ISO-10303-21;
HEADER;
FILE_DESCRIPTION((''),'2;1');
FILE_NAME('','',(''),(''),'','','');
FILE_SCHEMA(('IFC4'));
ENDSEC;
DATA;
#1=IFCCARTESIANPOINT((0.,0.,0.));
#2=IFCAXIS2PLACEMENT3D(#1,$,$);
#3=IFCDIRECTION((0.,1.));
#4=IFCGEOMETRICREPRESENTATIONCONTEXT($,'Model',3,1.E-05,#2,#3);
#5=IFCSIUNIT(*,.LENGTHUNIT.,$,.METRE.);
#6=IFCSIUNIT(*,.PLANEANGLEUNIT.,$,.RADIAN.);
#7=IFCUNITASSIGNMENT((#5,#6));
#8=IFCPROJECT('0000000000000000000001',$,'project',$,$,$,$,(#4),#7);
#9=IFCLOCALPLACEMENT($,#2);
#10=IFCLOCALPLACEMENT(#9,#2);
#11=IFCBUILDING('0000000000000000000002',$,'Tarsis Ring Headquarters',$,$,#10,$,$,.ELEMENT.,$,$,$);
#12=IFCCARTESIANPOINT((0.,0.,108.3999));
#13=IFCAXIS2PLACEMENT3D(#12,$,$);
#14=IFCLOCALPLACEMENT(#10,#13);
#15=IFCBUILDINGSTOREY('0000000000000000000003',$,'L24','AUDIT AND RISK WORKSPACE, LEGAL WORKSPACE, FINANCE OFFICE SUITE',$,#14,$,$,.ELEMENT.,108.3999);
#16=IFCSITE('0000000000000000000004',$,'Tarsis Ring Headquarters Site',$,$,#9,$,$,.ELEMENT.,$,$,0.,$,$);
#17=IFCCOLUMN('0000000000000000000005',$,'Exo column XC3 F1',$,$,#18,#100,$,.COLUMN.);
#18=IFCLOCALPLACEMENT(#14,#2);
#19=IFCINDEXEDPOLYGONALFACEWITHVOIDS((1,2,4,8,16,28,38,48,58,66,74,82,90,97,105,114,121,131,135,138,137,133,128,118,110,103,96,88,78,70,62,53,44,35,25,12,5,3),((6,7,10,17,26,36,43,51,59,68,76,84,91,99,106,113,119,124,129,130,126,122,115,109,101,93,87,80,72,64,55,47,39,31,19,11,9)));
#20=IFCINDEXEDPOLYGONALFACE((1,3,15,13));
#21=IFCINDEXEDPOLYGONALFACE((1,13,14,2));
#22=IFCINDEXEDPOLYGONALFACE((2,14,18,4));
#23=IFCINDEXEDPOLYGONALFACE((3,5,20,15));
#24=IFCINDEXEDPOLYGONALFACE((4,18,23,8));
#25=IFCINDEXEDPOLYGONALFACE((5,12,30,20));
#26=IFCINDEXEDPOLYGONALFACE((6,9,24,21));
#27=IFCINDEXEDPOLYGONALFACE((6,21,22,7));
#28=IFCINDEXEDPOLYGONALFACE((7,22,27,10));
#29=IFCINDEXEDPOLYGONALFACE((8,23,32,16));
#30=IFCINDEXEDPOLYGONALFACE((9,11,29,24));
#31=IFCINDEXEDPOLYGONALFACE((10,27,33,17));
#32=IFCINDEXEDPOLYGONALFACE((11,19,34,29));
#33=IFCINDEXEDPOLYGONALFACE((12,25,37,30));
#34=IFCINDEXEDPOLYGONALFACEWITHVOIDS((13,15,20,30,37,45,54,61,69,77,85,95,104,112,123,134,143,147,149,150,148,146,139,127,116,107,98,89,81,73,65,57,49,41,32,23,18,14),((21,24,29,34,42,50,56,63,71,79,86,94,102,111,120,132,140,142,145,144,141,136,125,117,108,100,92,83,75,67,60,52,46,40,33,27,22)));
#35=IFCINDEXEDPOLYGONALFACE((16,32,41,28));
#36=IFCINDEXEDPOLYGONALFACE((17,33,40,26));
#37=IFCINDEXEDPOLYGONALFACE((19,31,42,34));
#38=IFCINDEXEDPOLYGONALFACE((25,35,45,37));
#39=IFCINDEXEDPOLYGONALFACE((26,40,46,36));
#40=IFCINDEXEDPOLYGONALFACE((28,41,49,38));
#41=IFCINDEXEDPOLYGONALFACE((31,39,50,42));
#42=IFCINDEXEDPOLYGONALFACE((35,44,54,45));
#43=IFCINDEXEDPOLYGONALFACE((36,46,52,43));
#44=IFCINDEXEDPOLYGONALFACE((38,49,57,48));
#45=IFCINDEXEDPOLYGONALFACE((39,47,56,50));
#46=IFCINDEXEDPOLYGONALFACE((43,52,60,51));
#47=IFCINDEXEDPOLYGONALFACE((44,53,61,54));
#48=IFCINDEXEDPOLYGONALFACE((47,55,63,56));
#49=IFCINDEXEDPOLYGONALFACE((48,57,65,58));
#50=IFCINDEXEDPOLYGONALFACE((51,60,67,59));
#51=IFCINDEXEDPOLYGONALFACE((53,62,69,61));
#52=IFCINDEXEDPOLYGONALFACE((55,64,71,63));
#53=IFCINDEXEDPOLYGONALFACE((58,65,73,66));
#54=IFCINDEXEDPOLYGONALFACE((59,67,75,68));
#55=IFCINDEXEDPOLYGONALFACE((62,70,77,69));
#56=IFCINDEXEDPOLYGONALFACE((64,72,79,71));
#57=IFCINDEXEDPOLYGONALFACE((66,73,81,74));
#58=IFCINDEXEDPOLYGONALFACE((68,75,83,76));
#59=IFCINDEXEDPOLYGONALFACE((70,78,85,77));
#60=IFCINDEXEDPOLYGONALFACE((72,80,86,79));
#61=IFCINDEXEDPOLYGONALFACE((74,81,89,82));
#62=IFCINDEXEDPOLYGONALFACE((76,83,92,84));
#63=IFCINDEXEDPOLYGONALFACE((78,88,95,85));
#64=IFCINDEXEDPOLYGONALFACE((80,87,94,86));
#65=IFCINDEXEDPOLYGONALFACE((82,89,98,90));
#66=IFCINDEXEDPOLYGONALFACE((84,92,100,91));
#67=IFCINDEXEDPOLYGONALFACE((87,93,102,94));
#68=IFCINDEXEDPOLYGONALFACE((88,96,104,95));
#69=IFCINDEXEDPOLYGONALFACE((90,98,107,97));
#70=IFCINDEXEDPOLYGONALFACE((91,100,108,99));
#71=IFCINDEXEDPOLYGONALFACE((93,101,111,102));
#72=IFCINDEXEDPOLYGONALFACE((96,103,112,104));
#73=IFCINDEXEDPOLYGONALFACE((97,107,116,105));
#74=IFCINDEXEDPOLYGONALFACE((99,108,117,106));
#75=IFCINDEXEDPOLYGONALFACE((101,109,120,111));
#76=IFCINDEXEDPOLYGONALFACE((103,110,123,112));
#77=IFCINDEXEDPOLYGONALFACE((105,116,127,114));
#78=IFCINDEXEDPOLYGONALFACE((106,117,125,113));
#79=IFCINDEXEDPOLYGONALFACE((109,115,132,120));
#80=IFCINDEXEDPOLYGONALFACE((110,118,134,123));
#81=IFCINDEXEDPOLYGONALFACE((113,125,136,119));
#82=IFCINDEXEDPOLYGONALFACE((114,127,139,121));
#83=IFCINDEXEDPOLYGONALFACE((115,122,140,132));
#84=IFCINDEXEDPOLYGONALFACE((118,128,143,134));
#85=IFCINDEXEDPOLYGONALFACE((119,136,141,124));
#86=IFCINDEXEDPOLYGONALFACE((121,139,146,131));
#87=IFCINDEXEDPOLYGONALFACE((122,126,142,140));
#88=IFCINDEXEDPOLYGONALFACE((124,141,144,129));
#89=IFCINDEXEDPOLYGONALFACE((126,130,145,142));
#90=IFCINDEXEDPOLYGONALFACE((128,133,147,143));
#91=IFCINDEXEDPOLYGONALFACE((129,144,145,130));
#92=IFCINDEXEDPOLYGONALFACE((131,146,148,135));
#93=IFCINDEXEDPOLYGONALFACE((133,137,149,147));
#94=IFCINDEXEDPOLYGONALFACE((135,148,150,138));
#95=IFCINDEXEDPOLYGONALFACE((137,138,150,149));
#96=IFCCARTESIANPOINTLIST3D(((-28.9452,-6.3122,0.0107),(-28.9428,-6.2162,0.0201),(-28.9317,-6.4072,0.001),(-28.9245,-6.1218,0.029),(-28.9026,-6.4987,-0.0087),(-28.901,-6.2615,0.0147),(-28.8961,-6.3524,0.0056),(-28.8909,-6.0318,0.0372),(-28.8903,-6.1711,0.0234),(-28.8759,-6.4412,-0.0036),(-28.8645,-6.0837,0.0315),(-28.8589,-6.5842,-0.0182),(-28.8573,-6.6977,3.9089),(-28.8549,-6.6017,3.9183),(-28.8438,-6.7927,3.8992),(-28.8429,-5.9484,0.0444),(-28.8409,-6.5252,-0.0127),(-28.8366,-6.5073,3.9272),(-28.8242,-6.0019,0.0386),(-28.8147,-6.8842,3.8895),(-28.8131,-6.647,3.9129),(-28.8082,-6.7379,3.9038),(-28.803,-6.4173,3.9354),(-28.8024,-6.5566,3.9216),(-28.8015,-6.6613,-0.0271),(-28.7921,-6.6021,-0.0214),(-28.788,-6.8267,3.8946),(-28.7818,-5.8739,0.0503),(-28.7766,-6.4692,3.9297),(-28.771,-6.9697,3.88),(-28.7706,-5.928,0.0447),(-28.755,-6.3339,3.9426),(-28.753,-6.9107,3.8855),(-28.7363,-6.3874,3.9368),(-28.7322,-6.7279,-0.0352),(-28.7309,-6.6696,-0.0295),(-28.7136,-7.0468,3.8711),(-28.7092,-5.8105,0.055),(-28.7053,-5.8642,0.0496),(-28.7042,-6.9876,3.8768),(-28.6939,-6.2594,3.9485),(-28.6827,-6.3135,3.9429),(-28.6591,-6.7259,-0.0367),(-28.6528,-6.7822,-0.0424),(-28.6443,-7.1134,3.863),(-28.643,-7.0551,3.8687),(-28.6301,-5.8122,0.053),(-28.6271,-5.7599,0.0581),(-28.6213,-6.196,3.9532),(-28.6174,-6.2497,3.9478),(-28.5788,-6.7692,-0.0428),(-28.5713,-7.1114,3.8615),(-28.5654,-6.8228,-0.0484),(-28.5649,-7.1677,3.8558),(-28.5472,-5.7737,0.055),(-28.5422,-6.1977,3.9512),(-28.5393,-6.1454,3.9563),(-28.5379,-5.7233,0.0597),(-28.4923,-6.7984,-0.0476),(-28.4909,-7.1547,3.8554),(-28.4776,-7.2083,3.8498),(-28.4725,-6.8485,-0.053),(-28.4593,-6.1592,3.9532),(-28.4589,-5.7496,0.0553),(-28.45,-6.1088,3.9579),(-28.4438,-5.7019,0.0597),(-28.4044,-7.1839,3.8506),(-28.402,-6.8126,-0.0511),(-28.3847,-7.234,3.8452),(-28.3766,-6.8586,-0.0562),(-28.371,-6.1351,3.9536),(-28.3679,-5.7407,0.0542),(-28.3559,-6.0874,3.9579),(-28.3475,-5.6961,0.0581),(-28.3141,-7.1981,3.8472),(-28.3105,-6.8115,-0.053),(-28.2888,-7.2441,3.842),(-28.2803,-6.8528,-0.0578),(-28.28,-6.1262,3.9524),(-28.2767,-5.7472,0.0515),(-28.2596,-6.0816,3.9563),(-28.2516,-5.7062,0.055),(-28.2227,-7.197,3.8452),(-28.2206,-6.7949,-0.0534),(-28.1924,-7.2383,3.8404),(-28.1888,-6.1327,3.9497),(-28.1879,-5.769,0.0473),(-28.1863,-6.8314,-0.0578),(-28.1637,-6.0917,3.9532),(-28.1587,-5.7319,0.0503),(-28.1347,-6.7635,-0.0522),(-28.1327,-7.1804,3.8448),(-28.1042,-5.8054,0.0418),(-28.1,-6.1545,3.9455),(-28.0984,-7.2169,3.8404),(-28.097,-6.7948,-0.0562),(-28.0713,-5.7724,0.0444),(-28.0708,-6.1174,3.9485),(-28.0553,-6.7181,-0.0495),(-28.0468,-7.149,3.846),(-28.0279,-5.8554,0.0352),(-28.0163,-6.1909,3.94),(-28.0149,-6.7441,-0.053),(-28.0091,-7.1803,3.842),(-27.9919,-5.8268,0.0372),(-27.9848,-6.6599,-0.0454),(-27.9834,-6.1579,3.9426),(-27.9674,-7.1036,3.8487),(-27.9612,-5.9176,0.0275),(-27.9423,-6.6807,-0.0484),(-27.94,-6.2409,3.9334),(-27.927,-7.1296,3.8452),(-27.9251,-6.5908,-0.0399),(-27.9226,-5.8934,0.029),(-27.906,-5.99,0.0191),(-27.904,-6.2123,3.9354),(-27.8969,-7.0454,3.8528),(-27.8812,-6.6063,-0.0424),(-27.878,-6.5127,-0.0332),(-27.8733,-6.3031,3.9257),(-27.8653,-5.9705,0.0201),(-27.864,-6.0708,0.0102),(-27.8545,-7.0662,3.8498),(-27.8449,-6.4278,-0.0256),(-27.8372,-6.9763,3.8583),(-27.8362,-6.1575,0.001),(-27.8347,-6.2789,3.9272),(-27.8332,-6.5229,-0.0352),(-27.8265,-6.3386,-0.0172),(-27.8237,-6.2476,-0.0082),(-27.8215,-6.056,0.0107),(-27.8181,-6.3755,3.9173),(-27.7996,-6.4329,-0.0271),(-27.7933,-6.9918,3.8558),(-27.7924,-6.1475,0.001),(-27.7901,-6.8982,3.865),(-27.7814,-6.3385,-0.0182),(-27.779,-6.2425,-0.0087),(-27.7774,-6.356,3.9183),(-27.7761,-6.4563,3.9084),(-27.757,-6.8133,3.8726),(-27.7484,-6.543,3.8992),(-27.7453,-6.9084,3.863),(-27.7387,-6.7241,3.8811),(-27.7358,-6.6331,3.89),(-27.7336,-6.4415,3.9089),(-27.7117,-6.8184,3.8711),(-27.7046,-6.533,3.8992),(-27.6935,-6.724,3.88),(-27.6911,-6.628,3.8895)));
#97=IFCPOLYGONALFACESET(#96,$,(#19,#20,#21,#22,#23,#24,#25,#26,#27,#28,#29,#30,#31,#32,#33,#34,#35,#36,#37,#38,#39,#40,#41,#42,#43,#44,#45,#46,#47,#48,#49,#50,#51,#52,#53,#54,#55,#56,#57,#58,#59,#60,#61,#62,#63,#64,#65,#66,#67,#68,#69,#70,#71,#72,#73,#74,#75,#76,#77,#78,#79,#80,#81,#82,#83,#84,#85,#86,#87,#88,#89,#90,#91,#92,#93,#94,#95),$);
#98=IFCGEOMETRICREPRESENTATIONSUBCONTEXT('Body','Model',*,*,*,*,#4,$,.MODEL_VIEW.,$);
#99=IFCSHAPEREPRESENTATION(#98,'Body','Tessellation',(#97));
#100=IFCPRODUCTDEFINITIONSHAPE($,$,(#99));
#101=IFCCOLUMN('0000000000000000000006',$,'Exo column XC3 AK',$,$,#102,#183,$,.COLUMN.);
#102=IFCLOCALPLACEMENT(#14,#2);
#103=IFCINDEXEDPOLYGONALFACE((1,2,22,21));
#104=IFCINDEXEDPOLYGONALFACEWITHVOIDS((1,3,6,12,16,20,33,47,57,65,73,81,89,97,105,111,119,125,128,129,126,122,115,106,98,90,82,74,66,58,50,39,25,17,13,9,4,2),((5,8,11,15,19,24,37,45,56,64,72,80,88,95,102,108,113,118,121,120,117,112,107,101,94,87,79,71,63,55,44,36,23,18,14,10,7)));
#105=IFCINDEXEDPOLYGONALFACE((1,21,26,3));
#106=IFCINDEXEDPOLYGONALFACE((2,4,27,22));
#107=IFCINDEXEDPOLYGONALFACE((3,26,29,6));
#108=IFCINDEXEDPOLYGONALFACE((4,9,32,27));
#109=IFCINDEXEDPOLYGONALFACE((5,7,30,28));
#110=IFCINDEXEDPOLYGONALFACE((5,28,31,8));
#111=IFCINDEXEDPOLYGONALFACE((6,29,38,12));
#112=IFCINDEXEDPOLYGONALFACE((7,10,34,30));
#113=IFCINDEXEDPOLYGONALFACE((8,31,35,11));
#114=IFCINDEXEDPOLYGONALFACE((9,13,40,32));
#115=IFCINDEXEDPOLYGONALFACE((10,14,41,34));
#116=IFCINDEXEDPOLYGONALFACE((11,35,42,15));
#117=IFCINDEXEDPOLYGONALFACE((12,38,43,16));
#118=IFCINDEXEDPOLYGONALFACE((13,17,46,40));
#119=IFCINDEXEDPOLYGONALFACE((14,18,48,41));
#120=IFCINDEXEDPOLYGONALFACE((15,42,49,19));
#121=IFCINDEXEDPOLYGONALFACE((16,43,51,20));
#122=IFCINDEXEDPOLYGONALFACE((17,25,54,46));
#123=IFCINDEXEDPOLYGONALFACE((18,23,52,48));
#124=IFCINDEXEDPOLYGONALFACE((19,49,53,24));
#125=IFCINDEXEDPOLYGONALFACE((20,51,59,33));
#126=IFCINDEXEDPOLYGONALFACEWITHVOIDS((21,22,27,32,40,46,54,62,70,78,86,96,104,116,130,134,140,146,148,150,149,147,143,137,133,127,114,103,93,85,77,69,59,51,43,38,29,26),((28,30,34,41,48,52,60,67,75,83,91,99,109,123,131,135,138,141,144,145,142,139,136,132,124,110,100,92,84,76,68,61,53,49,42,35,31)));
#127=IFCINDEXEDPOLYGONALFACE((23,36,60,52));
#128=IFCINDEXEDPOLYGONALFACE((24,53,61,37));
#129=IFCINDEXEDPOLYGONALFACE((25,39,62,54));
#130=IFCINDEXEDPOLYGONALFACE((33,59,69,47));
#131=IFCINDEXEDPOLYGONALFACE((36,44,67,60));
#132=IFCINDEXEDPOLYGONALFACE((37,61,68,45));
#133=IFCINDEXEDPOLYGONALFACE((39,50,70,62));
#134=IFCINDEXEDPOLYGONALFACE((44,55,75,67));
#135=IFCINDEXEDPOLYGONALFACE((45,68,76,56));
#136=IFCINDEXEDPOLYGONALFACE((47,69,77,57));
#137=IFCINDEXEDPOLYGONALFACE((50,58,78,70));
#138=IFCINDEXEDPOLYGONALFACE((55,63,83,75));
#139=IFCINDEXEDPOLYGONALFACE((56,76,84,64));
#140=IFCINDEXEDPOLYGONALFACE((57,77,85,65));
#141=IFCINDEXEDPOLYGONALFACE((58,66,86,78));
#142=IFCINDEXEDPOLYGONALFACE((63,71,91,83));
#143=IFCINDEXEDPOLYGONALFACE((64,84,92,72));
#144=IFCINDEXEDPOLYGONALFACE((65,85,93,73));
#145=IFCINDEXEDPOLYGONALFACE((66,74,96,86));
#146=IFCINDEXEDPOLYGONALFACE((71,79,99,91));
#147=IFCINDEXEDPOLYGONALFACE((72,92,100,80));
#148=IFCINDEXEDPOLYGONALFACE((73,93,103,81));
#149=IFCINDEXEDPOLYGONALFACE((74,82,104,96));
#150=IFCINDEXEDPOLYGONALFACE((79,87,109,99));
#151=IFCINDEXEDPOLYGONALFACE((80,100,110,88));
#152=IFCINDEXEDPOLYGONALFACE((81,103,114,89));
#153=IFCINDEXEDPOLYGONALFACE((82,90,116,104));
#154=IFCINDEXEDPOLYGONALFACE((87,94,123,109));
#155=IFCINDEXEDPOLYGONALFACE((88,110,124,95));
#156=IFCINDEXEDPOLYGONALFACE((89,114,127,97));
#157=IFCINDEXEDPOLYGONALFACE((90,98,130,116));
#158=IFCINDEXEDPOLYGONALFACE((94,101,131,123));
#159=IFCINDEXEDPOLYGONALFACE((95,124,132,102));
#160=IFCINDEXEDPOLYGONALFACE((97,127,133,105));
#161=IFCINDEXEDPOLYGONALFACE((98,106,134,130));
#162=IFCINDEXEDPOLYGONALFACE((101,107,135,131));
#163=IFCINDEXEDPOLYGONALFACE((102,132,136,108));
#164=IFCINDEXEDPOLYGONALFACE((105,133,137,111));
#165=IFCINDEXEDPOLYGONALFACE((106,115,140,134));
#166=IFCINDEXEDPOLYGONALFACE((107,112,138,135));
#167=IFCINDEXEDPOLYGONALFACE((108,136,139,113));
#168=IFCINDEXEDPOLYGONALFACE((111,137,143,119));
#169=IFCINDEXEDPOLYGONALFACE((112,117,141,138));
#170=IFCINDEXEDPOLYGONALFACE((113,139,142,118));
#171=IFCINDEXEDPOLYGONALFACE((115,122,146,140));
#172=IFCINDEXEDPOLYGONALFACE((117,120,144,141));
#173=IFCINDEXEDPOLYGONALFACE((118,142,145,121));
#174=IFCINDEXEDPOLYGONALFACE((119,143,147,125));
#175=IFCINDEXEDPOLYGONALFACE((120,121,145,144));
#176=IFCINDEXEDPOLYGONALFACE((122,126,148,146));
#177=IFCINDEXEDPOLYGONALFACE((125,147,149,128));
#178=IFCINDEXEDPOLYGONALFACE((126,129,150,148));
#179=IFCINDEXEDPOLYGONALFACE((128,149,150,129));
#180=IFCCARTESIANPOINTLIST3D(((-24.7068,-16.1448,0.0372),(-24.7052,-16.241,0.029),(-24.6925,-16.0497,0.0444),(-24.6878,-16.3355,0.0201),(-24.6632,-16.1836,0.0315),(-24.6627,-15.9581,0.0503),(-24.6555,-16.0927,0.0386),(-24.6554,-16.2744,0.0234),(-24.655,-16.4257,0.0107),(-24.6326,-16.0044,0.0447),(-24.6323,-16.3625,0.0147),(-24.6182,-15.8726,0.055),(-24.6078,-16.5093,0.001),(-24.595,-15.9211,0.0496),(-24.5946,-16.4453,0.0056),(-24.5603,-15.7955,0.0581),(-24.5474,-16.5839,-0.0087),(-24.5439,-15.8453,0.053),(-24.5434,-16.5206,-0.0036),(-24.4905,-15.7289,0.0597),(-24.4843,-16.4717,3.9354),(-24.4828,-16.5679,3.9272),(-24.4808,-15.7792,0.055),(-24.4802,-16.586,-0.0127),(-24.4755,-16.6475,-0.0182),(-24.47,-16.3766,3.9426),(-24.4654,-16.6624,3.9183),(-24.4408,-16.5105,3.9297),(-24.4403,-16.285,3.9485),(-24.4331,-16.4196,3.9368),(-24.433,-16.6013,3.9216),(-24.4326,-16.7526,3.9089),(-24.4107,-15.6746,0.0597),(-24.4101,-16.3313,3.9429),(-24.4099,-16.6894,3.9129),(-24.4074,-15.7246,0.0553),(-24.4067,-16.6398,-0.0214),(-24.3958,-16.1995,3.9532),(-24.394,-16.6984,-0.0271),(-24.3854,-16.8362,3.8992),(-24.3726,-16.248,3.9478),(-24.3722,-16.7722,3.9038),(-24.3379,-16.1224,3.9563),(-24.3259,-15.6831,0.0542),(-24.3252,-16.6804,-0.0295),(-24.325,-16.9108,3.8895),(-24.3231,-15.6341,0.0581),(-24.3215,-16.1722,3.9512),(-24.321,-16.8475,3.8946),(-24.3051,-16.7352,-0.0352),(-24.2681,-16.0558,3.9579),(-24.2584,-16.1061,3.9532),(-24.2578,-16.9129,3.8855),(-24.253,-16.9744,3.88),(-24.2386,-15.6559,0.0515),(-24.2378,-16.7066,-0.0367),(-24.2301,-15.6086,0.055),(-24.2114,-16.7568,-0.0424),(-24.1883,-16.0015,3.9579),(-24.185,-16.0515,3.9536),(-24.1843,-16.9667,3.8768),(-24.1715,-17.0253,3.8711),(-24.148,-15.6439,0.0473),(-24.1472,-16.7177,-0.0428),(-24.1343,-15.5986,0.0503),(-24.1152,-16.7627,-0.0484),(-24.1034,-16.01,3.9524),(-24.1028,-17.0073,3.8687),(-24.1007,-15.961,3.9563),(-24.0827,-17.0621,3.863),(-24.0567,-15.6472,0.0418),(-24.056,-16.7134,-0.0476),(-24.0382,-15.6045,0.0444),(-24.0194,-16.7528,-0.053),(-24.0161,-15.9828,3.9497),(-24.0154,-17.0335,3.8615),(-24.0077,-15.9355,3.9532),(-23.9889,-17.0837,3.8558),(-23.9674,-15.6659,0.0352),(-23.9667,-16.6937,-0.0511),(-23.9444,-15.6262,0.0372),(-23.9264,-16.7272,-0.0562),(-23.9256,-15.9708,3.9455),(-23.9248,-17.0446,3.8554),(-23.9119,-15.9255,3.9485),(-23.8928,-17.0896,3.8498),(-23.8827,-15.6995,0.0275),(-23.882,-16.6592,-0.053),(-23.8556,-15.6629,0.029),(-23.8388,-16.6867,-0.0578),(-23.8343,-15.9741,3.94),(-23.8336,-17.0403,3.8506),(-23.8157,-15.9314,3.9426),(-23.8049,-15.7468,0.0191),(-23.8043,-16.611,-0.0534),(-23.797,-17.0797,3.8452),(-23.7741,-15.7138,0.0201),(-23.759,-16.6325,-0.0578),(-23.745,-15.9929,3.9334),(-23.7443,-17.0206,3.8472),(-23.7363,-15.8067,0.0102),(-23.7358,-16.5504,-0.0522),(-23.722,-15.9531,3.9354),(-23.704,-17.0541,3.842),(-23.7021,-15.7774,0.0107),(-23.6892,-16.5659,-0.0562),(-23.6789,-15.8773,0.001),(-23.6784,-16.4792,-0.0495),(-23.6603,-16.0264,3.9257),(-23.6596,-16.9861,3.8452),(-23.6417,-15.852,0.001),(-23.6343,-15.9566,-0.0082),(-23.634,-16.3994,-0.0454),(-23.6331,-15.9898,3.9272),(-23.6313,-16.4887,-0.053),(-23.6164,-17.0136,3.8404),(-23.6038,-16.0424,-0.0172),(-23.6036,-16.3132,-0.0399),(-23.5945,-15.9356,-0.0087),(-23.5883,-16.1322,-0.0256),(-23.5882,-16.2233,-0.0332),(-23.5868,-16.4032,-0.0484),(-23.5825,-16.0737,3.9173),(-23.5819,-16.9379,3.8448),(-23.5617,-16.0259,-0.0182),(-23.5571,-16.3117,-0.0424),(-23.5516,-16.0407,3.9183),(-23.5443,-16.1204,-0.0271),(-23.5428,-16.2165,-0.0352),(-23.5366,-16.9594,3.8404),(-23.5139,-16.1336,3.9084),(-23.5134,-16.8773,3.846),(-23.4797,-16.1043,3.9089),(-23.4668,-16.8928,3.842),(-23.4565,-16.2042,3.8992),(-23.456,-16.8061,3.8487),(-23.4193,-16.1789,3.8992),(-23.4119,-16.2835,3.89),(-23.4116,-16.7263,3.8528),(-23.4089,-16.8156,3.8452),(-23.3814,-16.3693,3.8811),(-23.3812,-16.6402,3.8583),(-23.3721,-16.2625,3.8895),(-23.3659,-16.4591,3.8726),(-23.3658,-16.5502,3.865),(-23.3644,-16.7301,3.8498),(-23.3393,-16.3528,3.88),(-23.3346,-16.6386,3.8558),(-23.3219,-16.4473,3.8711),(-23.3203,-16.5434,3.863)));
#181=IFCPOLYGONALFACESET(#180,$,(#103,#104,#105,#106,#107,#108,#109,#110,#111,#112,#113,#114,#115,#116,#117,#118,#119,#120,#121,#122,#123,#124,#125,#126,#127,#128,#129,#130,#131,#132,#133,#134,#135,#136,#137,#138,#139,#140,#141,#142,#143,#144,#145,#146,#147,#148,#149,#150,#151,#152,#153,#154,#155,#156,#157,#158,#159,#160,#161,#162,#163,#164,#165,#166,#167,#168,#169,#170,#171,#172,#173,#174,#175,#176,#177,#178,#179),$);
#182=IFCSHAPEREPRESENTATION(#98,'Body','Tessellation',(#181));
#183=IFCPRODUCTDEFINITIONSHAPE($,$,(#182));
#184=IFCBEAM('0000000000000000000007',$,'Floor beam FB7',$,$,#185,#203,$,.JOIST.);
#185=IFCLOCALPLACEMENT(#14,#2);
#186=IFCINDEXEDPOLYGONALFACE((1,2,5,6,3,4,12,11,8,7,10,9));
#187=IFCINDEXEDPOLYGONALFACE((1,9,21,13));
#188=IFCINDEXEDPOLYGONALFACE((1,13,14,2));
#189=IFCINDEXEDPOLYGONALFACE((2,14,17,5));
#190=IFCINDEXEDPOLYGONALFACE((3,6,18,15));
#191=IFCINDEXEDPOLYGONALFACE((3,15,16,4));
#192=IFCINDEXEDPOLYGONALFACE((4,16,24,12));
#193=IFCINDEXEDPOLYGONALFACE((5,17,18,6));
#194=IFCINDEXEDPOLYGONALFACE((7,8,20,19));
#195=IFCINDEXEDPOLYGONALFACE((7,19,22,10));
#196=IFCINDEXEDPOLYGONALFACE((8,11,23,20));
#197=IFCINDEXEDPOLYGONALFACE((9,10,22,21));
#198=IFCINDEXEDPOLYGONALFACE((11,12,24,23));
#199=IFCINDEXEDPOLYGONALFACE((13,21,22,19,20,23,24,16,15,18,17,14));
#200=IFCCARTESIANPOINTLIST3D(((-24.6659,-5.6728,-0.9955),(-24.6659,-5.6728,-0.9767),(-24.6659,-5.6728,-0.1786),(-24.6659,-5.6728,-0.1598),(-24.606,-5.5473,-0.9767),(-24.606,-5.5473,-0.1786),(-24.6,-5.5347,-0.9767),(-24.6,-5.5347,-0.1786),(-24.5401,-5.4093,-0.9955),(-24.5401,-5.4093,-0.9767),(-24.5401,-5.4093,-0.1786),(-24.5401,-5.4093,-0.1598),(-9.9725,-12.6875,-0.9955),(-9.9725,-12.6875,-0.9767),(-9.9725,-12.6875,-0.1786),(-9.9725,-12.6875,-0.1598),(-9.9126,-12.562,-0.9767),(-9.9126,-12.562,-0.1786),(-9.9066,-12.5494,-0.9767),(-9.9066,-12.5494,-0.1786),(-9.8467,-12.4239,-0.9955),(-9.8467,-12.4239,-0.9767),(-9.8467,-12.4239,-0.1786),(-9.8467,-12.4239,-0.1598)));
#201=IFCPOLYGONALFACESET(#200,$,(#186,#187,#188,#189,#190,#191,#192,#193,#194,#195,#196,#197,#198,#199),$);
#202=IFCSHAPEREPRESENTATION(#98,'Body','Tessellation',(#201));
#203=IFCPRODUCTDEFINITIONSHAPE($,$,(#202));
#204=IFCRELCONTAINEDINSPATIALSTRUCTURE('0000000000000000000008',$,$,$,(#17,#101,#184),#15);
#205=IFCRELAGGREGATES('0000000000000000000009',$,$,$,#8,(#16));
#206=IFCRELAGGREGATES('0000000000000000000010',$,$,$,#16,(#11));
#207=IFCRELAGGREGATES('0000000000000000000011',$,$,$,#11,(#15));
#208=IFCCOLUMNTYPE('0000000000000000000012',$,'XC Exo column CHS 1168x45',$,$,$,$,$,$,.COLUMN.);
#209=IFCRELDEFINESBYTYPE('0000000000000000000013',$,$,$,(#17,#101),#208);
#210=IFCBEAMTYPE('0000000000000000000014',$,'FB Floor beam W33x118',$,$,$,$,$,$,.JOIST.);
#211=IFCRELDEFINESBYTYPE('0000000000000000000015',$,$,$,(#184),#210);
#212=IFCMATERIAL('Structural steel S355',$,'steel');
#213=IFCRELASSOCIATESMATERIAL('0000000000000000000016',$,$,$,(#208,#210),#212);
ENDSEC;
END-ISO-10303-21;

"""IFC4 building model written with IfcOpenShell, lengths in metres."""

from ifc_helpers import new_model, si_unit, direction, frame, origin, origin_2d, place, context, subcontext, project, spatial, hollow_circle, i_section, extrude, material, material_profile, profile_set, type_object, element, save


model = new_model("IFC4")

# Units and contexts
model_context = context("Model", 3, precision=1e-05, world=origin(), true_north=direction((0.0, 1.0)))
body_context = subcontext(model_context, "Body", "Model", "MODEL_VIEW")
ifc_project = project(units=[si_unit("LENGTHUNIT", "METRE"), si_unit("PLANEANGLEUNIT", "RADIAN")], contexts=[model_context])

# Site, building, storey
site_placement = place(None, origin())
site = spatial("IfcSite", under=ifc_project, at=site_placement, Name="Tarsis Ring Headquarters Site", CompositionType="ELEMENT", RefElevation=0.0)
building_placement = place(site_placement, origin())
building = spatial("IfcBuilding", under=site, at=building_placement, Name="Tarsis Ring Headquarters", CompositionType="ELEMENT")
storey_placement = place(building_placement, frame((0.0, 0.0, 108.3999)))
storey = spatial("IfcBuildingStorey", under=building, at=storey_placement, Name="L24", Description="AUDIT AND RISK WORKSPACE, LEGAL WORKSPACE, FINANCE OFFICE SUITE", CompositionType="ELEMENT", Elevation=108.3999)

# Columns
ifc_material_1 = material(Name="Structural steel S355", Category="steel")
ifc_material_profile_1 = material_profile(ifc_material_1, hollow_circle(Radius=0.5842, WallThickness=0.0449, at=origin_2d()), Name="CHS 1168x45")
ifc_profile_set_1 = profile_set([ifc_material_profile_1], Name="Structural steel S355")
column_type = type_object("IfcColumnType", Name="XC Exo column CHS 1168x45", PredefinedType="COLUMN", material=ifc_profile_set_1)
for number, where, z_axis, x_axis, name in (
    (1, (-28.3621, -6.2773, 0.001), (0.022431, -0.098387, 0.994895), (0.974981, 0.222288, 0.0), "Exo column XC3 F1"),
    (2, (-24.1248, -16.1807, 0.001), (0.056764, -0.083432, 0.994895), (0.826789, 0.562513, 0.0), "Exo column XC3 AK"),
):
    element("IfcColumn", number, at=place(storey_placement, frame(where, z_axis=z_axis, x_axis=x_axis)), inside=storey, type_object=column_type, Name=name, PredefinedType="COLUMN", context=body_context, shape_type="SweptSolid", body=[
        extrude(hollow_circle(Radius=0.5842, WallThickness=0.0449, at=origin_2d()), origin(), (0.0, 0.0, 1.0), 3.9182),
    ])

# Beam
ifc_material_profile_2 = material_profile(ifc_material_1, i_section(OverallWidth=0.292, OverallDepth=0.8357, WebThickness=0.0139, FlangeThickness=0.0188, at=origin_2d()), Name="W33x118")
ifc_profile_set_2 = profile_set([ifc_material_profile_2], Name="Structural steel S355")
beam_type_1 = type_object("IfcBeamType", Name="FB Floor beam W33x118", PredefinedType="JOIST", material=ifc_profile_set_2)
beam_1_placement = place(storey_placement, frame((-24.603, -5.541, -0.5776), z_axis=(0.902435, -0.430825, 0.0), x_axis=(0.430825, 0.902435, 0.0)))
element("IfcBeam", 3, at=beam_1_placement, inside=storey, type_object=beam_type_1, Name="Floor beam FB7", PredefinedType="JOIST", context=body_context, shape_type="SweptSolid", body=[
    extrude(i_section(OverallWidth=0.292, OverallDepth=0.8357, WebThickness=0.0139, FlangeThickness=0.0188, at=origin_2d()), origin(), (0.0, 0.0, 1.0), 16.282),
])

save(model, "model.ifc")
